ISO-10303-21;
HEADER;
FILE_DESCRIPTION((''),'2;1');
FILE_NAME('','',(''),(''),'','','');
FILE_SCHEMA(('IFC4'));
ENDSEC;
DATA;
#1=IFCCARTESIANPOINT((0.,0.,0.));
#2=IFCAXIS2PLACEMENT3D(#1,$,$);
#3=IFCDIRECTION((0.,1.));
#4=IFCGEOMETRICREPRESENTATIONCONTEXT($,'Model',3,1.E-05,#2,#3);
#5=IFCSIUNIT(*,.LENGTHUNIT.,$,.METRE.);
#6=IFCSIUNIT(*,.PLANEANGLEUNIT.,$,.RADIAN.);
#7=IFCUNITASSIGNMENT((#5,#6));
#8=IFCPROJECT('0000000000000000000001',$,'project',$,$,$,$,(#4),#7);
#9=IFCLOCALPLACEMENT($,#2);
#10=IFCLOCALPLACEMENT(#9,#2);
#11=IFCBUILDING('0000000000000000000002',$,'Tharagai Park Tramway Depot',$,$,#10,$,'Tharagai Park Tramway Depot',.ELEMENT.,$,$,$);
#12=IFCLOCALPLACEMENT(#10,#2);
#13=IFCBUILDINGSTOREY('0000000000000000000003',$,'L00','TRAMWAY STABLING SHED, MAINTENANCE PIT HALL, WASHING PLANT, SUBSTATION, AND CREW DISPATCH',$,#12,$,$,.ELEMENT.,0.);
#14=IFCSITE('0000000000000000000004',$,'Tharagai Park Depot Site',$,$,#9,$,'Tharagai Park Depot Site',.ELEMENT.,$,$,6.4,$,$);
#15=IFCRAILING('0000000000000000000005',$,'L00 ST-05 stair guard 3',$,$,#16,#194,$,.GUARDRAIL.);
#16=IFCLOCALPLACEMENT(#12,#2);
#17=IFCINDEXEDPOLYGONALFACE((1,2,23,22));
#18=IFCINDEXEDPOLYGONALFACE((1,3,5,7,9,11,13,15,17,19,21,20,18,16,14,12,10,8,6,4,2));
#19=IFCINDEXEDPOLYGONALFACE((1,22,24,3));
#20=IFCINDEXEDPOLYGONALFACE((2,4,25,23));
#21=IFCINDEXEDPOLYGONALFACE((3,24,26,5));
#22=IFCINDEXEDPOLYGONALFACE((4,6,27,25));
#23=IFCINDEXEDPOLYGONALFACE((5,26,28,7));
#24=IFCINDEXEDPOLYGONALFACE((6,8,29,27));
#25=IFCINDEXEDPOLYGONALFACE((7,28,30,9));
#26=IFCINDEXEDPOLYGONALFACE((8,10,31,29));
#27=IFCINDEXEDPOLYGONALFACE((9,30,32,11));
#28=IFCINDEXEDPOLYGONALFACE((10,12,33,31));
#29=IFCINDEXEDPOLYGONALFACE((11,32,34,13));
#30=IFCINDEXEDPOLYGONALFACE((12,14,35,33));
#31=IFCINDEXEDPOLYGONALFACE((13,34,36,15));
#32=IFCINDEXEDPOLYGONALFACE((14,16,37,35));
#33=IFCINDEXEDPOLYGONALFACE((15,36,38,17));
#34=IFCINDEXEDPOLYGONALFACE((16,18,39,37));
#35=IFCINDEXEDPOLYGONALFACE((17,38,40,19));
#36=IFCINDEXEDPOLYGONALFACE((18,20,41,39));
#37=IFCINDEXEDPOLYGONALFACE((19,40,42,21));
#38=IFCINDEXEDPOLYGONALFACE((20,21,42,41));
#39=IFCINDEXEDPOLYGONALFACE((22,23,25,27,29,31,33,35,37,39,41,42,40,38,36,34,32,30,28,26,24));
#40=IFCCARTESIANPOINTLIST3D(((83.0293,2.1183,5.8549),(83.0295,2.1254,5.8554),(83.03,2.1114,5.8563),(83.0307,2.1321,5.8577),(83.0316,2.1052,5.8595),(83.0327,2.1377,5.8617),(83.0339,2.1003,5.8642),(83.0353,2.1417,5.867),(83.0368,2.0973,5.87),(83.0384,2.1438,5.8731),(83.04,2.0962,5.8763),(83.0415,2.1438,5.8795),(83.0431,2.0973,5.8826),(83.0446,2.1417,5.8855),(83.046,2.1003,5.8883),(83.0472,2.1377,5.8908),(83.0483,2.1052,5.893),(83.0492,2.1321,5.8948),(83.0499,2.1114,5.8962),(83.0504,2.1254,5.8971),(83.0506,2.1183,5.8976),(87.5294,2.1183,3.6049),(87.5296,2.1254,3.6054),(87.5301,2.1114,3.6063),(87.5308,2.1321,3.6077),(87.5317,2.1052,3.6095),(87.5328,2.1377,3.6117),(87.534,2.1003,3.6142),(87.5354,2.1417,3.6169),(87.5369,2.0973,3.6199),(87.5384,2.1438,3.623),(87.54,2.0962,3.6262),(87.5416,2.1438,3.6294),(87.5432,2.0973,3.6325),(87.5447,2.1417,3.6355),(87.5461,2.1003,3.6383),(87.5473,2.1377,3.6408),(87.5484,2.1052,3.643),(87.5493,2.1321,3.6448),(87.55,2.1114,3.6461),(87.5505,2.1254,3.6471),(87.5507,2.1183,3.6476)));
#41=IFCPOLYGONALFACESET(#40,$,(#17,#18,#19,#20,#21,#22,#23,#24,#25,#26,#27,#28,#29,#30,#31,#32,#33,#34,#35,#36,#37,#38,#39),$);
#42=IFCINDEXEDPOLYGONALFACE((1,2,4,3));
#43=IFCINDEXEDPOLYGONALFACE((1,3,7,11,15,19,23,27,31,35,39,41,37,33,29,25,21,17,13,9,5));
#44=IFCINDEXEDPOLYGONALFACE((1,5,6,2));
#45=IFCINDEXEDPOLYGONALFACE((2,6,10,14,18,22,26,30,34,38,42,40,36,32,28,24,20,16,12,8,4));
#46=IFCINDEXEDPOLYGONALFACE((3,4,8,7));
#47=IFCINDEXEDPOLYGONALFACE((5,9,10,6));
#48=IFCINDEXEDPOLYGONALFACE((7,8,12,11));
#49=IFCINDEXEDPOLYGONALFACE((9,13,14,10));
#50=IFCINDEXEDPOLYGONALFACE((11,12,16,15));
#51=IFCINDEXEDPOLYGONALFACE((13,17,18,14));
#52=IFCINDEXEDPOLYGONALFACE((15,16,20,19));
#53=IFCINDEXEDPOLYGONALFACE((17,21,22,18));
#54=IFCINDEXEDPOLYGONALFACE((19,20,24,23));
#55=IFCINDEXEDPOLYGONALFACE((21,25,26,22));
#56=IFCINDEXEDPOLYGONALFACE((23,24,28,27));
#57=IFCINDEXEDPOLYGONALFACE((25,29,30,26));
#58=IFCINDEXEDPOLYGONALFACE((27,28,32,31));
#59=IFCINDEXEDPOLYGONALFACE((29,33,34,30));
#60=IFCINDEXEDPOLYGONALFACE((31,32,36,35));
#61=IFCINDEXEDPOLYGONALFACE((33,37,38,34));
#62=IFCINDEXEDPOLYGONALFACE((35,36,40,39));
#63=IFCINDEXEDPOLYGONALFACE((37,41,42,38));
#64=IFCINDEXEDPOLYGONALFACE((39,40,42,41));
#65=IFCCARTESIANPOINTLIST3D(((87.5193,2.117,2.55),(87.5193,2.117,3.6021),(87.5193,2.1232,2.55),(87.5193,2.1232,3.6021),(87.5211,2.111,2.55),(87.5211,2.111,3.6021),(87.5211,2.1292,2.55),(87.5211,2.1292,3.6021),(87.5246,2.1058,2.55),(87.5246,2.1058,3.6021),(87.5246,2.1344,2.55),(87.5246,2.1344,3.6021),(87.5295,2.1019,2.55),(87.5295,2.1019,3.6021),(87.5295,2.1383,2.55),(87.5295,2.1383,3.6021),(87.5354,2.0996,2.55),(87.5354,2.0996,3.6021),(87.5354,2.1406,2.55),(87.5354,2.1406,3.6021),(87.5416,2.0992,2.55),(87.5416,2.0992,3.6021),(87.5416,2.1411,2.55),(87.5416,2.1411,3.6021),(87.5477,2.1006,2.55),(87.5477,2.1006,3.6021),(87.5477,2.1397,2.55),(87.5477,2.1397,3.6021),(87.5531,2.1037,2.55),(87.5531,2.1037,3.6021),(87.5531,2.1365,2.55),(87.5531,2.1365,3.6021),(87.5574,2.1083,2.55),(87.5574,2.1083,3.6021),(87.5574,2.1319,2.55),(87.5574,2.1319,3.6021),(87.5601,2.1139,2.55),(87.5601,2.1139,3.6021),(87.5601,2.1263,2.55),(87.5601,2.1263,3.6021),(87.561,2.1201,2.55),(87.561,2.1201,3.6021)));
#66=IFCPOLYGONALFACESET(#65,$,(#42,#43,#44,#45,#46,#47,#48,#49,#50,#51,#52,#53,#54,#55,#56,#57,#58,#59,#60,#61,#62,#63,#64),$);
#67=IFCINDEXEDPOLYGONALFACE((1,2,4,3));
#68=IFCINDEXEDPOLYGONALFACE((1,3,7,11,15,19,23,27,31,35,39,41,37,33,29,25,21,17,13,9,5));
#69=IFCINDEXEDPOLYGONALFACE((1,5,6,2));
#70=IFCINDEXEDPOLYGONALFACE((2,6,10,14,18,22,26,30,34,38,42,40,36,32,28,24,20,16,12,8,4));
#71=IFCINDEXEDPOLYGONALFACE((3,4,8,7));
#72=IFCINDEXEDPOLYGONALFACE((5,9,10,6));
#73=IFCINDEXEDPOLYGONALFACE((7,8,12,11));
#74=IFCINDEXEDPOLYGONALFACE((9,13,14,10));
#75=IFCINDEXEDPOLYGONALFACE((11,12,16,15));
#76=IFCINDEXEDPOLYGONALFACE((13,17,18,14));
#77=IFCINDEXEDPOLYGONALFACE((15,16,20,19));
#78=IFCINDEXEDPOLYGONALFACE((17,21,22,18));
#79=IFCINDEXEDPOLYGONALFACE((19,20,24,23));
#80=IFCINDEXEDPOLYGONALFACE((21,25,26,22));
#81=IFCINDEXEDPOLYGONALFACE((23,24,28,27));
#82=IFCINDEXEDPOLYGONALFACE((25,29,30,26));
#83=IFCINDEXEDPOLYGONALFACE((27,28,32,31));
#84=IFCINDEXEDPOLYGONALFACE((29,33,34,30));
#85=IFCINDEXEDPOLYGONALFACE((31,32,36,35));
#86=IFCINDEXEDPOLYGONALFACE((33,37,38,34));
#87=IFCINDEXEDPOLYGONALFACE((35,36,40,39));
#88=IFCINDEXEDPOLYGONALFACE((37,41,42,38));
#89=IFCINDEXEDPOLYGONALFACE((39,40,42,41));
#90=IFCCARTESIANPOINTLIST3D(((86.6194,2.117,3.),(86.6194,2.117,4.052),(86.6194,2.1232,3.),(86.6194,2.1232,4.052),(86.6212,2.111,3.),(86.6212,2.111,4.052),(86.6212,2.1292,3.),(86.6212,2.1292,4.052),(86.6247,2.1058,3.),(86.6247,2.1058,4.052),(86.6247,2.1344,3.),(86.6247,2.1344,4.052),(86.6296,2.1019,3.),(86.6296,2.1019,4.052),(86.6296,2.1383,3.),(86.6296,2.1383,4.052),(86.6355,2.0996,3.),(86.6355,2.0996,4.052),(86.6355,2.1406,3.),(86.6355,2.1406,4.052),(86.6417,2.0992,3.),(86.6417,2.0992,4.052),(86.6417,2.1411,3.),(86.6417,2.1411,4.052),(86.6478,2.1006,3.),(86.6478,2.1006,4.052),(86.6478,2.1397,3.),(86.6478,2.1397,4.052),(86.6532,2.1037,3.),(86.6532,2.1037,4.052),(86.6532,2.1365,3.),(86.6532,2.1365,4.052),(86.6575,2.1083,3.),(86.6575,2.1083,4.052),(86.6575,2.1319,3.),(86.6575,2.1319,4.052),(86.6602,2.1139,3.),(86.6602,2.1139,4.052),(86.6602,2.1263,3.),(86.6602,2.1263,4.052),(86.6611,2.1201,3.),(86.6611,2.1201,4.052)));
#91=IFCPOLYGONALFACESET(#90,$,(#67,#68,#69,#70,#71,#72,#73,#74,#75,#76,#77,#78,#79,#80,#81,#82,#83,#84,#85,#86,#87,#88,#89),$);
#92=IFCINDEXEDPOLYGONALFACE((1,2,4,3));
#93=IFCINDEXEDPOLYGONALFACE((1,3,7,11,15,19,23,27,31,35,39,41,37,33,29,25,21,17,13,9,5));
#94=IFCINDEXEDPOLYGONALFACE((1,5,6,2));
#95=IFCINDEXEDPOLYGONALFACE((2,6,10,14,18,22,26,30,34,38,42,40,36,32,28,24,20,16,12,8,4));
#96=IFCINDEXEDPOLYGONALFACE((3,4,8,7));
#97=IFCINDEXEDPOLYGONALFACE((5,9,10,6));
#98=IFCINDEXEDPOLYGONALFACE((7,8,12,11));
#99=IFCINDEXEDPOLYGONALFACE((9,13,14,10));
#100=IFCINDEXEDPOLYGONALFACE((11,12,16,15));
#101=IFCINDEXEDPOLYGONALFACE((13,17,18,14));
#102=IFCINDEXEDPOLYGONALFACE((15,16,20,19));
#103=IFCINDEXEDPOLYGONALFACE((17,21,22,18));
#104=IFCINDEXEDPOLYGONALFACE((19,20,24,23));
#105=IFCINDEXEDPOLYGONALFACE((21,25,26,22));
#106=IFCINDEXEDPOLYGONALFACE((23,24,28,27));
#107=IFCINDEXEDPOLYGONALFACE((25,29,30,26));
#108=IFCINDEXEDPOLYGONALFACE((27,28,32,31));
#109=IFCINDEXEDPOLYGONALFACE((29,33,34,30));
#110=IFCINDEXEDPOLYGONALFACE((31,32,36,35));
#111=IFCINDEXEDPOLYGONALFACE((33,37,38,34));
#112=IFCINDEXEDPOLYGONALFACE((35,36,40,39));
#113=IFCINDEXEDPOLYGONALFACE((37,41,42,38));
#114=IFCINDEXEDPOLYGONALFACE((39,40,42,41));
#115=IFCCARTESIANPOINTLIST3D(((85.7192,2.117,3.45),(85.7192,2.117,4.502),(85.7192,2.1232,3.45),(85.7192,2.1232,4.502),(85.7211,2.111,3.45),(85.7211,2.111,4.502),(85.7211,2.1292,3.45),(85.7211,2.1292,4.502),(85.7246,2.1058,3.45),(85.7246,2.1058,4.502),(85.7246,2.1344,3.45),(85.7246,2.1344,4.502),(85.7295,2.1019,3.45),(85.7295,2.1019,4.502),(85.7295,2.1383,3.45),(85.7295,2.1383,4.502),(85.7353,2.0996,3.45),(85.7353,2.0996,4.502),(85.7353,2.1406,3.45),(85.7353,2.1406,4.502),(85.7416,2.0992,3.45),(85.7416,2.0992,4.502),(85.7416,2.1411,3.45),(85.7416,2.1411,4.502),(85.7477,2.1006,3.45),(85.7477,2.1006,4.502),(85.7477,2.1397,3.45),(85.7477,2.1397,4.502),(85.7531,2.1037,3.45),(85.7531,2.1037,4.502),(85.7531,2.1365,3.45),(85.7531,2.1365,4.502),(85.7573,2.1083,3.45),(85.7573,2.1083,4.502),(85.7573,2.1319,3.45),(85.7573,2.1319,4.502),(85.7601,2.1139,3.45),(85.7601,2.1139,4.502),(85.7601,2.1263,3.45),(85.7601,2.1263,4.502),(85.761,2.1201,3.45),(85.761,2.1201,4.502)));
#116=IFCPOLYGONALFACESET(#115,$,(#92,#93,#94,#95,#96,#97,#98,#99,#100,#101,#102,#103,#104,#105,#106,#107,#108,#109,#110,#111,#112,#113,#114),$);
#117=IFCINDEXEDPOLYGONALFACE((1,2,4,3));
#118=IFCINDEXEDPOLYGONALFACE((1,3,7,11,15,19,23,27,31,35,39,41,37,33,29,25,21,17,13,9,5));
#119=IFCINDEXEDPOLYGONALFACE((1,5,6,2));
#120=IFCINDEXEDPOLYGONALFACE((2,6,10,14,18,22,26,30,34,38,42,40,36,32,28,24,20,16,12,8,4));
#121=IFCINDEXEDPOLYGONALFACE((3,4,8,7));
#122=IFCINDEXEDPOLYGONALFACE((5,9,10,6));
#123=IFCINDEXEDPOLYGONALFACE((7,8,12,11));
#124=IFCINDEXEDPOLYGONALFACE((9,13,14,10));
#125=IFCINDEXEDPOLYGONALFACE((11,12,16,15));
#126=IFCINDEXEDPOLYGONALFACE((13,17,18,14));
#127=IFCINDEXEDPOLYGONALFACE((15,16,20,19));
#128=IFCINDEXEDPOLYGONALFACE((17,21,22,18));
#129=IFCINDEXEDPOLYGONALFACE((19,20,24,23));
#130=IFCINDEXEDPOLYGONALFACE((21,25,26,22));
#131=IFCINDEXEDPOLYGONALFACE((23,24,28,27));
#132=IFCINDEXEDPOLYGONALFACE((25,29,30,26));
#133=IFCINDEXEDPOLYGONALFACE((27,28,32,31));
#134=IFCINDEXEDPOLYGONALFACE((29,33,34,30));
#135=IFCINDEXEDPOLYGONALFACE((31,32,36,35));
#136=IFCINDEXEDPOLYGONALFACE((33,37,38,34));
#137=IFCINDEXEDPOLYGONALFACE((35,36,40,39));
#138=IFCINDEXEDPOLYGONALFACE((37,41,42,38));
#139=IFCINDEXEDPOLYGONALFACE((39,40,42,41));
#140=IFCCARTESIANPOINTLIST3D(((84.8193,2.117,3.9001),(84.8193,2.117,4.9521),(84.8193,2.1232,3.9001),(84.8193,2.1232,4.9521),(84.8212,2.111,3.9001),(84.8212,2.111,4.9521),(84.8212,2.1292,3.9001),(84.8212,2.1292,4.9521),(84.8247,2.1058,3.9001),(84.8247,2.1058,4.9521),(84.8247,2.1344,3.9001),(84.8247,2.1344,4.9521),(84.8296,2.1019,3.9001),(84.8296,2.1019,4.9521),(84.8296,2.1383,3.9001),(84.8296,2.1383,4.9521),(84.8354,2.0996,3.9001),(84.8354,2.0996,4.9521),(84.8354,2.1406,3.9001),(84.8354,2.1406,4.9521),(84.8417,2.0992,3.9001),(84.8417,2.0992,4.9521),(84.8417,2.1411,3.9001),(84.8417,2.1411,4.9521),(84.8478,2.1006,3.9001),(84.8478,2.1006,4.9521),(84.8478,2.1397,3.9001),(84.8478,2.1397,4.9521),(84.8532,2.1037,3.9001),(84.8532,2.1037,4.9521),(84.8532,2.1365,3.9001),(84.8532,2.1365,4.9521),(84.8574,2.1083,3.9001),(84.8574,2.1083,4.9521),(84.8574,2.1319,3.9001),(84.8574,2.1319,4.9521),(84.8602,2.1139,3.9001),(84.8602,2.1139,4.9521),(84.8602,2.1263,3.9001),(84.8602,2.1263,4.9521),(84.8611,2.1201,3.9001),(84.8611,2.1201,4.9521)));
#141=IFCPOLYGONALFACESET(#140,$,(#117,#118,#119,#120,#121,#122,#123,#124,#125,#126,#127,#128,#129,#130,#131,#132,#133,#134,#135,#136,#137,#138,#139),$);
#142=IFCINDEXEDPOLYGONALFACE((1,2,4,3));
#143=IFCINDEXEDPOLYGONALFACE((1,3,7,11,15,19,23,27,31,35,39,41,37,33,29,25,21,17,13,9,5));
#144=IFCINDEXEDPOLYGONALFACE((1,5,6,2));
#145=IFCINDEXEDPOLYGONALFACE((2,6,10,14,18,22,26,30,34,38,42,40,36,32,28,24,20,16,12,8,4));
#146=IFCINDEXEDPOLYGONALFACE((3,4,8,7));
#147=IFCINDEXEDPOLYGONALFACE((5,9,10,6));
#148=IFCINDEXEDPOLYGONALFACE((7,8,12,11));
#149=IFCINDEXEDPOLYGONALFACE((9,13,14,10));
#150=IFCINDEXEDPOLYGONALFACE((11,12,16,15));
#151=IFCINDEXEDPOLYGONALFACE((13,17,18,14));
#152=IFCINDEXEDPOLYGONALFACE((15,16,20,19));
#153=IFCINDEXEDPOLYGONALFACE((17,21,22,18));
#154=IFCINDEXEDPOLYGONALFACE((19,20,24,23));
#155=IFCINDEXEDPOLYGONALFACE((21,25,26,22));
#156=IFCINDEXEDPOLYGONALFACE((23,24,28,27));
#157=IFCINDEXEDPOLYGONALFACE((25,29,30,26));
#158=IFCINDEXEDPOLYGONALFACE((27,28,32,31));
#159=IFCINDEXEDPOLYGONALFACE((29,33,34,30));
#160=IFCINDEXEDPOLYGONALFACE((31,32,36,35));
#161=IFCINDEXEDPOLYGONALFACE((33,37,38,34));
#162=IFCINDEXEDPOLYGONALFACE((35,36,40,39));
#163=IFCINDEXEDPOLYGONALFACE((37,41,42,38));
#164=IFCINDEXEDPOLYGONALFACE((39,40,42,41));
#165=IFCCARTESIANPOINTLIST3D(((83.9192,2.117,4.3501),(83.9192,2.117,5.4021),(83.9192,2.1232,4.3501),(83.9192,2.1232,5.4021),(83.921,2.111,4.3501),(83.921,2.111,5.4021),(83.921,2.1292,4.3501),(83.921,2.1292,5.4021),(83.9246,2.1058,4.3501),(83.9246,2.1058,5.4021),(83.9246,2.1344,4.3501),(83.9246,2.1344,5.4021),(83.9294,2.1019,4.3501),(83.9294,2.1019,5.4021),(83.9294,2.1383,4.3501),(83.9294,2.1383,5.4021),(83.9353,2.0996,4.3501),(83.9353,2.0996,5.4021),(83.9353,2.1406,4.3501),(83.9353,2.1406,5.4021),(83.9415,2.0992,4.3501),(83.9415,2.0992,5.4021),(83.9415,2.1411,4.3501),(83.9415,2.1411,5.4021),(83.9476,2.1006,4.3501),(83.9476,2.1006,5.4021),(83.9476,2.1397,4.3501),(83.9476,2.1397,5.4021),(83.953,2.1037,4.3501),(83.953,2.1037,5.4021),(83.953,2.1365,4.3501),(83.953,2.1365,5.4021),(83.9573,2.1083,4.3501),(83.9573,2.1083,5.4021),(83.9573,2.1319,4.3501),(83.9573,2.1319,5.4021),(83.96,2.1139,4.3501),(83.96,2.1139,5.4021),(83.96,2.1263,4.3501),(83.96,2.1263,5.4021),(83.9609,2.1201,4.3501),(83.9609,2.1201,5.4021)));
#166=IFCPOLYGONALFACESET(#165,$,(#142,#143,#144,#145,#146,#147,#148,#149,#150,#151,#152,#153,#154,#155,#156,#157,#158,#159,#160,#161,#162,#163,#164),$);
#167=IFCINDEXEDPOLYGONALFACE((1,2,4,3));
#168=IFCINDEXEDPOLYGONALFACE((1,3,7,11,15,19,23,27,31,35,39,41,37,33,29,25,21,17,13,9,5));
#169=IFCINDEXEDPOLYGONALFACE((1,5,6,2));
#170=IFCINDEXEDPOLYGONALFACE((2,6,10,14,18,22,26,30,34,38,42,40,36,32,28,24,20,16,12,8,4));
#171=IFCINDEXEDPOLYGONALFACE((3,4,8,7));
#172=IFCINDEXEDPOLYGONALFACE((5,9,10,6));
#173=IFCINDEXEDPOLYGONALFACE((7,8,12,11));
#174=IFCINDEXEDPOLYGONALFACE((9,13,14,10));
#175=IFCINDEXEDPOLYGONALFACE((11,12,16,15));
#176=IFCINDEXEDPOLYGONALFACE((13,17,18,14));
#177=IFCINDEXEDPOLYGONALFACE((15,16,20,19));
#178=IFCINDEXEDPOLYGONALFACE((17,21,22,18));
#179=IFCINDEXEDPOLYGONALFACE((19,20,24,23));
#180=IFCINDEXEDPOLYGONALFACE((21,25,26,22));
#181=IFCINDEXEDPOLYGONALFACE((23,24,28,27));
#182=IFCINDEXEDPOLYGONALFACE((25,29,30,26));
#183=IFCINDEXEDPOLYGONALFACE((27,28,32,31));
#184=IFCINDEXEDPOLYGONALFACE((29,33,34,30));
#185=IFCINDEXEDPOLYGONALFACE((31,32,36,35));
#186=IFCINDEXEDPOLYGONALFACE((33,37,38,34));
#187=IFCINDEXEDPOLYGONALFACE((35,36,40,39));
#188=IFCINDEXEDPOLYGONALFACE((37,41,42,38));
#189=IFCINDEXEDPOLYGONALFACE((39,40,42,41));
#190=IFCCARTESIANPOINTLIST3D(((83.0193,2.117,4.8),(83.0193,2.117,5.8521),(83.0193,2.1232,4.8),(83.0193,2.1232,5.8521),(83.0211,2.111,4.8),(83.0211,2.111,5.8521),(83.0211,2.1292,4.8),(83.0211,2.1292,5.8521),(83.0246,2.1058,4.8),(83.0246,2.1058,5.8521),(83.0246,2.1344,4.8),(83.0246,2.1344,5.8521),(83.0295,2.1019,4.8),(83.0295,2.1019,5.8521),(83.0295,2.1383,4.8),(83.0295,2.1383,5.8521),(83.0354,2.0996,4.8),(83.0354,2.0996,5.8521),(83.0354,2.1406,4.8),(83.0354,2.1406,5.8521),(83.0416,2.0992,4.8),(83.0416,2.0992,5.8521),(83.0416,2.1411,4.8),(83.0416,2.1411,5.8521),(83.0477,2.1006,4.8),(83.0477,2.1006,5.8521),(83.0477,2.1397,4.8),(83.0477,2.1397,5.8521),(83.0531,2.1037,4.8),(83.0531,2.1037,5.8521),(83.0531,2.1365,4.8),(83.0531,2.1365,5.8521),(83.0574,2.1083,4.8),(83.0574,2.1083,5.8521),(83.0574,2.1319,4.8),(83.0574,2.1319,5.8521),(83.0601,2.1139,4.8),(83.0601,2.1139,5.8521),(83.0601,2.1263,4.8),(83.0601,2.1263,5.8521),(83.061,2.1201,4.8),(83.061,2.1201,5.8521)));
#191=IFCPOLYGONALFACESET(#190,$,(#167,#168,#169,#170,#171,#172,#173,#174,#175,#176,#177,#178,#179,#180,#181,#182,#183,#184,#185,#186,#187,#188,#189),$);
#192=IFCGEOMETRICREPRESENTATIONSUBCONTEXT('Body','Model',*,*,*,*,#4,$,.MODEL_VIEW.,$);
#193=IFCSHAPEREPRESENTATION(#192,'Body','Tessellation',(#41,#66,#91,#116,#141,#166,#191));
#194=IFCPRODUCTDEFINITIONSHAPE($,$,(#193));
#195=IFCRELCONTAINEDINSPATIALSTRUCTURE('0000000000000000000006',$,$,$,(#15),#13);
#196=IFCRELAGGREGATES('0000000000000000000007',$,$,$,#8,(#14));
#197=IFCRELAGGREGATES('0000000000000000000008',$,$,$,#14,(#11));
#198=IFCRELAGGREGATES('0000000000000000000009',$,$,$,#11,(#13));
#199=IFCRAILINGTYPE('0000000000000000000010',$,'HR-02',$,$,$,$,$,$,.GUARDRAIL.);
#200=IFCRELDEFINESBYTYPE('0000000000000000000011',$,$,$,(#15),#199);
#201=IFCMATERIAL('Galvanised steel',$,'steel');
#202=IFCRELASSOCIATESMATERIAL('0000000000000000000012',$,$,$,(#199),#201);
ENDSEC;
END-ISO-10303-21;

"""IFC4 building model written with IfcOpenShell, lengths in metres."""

from ifc_helpers import new_model, si_unit, direction, frame, origin, origin_2d, place, context, subcontext, project, spatial, circle, extrude, material, type_object, element, save


model = new_model("IFC4")

# Units and contexts
model_context = context("Model", 3, precision=1e-05, world=origin(), true_north=direction((0.0, 1.0)))
body_context = subcontext(model_context, "Body", "Model", "MODEL_VIEW")
ifc_project = project(units=[si_unit("LENGTHUNIT", "METRE"), si_unit("PLANEANGLEUNIT", "RADIAN")], contexts=[model_context])

# Site, building, storey
site_placement = place(None, origin())
site = spatial("IfcSite", under=ifc_project, at=site_placement, Name="Tharagai Park Depot Site", LongName="Tharagai Park Depot Site", CompositionType="ELEMENT", RefElevation=6.4)
building_placement = place(site_placement, origin())
building = spatial("IfcBuilding", under=site, at=building_placement, Name="Tharagai Park Tramway Depot", LongName="Tharagai Park Tramway Depot", CompositionType="ELEMENT")
storey_placement = place(building_placement, origin())
storey = spatial("IfcBuildingStorey", under=building, at=storey_placement, Name="L00", Description="TRAMWAY STABLING SHED, MAINTENANCE PIT HALL, WASHING PLANT, SUBSTATION, AND CREW DISPATCH", CompositionType="ELEMENT", Elevation=0.0)

# Shared definitions
ifc_material_1 = material(Name="Galvanised steel", Category="steel")

# Railing
railing_type_1 = type_object("IfcRailingType", Name="HR-02", PredefinedType="GUARDRAIL", material=ifc_material_1)
railing_1_placement = place(storey_placement, frame((87.54, 2.1201, 2.55)))
element("IfcRailing", 1, at=railing_1_placement, inside=storey, type_object=railing_type_1, Name="L00 ST-05 stair guard 3", PredefinedType="GUARDRAIL", context=body_context, shape_type="SweptSolid", body=[
    extrude(circle(Radius=0.0239, at=origin_2d()), frame((0.0, 0.0, 1.0762), z_axis=(-0.894427, 0.0, 0.447214), x_axis=(0.0, -1.0, 0.0)), (0.0, 0.0, 1.0), 5.0312),
    extrude(circle(Radius=0.021, at=origin_2d()), origin(), (0.0, 0.0, 1.0), 1.052),
    extrude(circle(Radius=0.021, at=origin_2d()), frame((-0.8999, 0.0, 0.45)), (0.0, 0.0, 1.0), 1.052),
    extrude(circle(Radius=0.021, at=origin_2d()), frame((-1.8, 0.0, 0.8999)), (0.0, 0.0, 1.0), 1.052),
    extrude(circle(Radius=0.021, at=origin_2d()), frame((-2.7, 0.0, 1.3501)), (0.0, 0.0, 1.0), 1.052),
    extrude(circle(Radius=0.021, at=origin_2d()), frame((-3.6001, 0.0, 1.8)), (0.0, 0.0, 1.0), 1.052),
    extrude(circle(Radius=0.021, at=origin_2d()), frame((-4.5, 0.0, 2.25)), (0.0, 0.0, 1.0), 1.052),
])

save(model, "model.ifc")
